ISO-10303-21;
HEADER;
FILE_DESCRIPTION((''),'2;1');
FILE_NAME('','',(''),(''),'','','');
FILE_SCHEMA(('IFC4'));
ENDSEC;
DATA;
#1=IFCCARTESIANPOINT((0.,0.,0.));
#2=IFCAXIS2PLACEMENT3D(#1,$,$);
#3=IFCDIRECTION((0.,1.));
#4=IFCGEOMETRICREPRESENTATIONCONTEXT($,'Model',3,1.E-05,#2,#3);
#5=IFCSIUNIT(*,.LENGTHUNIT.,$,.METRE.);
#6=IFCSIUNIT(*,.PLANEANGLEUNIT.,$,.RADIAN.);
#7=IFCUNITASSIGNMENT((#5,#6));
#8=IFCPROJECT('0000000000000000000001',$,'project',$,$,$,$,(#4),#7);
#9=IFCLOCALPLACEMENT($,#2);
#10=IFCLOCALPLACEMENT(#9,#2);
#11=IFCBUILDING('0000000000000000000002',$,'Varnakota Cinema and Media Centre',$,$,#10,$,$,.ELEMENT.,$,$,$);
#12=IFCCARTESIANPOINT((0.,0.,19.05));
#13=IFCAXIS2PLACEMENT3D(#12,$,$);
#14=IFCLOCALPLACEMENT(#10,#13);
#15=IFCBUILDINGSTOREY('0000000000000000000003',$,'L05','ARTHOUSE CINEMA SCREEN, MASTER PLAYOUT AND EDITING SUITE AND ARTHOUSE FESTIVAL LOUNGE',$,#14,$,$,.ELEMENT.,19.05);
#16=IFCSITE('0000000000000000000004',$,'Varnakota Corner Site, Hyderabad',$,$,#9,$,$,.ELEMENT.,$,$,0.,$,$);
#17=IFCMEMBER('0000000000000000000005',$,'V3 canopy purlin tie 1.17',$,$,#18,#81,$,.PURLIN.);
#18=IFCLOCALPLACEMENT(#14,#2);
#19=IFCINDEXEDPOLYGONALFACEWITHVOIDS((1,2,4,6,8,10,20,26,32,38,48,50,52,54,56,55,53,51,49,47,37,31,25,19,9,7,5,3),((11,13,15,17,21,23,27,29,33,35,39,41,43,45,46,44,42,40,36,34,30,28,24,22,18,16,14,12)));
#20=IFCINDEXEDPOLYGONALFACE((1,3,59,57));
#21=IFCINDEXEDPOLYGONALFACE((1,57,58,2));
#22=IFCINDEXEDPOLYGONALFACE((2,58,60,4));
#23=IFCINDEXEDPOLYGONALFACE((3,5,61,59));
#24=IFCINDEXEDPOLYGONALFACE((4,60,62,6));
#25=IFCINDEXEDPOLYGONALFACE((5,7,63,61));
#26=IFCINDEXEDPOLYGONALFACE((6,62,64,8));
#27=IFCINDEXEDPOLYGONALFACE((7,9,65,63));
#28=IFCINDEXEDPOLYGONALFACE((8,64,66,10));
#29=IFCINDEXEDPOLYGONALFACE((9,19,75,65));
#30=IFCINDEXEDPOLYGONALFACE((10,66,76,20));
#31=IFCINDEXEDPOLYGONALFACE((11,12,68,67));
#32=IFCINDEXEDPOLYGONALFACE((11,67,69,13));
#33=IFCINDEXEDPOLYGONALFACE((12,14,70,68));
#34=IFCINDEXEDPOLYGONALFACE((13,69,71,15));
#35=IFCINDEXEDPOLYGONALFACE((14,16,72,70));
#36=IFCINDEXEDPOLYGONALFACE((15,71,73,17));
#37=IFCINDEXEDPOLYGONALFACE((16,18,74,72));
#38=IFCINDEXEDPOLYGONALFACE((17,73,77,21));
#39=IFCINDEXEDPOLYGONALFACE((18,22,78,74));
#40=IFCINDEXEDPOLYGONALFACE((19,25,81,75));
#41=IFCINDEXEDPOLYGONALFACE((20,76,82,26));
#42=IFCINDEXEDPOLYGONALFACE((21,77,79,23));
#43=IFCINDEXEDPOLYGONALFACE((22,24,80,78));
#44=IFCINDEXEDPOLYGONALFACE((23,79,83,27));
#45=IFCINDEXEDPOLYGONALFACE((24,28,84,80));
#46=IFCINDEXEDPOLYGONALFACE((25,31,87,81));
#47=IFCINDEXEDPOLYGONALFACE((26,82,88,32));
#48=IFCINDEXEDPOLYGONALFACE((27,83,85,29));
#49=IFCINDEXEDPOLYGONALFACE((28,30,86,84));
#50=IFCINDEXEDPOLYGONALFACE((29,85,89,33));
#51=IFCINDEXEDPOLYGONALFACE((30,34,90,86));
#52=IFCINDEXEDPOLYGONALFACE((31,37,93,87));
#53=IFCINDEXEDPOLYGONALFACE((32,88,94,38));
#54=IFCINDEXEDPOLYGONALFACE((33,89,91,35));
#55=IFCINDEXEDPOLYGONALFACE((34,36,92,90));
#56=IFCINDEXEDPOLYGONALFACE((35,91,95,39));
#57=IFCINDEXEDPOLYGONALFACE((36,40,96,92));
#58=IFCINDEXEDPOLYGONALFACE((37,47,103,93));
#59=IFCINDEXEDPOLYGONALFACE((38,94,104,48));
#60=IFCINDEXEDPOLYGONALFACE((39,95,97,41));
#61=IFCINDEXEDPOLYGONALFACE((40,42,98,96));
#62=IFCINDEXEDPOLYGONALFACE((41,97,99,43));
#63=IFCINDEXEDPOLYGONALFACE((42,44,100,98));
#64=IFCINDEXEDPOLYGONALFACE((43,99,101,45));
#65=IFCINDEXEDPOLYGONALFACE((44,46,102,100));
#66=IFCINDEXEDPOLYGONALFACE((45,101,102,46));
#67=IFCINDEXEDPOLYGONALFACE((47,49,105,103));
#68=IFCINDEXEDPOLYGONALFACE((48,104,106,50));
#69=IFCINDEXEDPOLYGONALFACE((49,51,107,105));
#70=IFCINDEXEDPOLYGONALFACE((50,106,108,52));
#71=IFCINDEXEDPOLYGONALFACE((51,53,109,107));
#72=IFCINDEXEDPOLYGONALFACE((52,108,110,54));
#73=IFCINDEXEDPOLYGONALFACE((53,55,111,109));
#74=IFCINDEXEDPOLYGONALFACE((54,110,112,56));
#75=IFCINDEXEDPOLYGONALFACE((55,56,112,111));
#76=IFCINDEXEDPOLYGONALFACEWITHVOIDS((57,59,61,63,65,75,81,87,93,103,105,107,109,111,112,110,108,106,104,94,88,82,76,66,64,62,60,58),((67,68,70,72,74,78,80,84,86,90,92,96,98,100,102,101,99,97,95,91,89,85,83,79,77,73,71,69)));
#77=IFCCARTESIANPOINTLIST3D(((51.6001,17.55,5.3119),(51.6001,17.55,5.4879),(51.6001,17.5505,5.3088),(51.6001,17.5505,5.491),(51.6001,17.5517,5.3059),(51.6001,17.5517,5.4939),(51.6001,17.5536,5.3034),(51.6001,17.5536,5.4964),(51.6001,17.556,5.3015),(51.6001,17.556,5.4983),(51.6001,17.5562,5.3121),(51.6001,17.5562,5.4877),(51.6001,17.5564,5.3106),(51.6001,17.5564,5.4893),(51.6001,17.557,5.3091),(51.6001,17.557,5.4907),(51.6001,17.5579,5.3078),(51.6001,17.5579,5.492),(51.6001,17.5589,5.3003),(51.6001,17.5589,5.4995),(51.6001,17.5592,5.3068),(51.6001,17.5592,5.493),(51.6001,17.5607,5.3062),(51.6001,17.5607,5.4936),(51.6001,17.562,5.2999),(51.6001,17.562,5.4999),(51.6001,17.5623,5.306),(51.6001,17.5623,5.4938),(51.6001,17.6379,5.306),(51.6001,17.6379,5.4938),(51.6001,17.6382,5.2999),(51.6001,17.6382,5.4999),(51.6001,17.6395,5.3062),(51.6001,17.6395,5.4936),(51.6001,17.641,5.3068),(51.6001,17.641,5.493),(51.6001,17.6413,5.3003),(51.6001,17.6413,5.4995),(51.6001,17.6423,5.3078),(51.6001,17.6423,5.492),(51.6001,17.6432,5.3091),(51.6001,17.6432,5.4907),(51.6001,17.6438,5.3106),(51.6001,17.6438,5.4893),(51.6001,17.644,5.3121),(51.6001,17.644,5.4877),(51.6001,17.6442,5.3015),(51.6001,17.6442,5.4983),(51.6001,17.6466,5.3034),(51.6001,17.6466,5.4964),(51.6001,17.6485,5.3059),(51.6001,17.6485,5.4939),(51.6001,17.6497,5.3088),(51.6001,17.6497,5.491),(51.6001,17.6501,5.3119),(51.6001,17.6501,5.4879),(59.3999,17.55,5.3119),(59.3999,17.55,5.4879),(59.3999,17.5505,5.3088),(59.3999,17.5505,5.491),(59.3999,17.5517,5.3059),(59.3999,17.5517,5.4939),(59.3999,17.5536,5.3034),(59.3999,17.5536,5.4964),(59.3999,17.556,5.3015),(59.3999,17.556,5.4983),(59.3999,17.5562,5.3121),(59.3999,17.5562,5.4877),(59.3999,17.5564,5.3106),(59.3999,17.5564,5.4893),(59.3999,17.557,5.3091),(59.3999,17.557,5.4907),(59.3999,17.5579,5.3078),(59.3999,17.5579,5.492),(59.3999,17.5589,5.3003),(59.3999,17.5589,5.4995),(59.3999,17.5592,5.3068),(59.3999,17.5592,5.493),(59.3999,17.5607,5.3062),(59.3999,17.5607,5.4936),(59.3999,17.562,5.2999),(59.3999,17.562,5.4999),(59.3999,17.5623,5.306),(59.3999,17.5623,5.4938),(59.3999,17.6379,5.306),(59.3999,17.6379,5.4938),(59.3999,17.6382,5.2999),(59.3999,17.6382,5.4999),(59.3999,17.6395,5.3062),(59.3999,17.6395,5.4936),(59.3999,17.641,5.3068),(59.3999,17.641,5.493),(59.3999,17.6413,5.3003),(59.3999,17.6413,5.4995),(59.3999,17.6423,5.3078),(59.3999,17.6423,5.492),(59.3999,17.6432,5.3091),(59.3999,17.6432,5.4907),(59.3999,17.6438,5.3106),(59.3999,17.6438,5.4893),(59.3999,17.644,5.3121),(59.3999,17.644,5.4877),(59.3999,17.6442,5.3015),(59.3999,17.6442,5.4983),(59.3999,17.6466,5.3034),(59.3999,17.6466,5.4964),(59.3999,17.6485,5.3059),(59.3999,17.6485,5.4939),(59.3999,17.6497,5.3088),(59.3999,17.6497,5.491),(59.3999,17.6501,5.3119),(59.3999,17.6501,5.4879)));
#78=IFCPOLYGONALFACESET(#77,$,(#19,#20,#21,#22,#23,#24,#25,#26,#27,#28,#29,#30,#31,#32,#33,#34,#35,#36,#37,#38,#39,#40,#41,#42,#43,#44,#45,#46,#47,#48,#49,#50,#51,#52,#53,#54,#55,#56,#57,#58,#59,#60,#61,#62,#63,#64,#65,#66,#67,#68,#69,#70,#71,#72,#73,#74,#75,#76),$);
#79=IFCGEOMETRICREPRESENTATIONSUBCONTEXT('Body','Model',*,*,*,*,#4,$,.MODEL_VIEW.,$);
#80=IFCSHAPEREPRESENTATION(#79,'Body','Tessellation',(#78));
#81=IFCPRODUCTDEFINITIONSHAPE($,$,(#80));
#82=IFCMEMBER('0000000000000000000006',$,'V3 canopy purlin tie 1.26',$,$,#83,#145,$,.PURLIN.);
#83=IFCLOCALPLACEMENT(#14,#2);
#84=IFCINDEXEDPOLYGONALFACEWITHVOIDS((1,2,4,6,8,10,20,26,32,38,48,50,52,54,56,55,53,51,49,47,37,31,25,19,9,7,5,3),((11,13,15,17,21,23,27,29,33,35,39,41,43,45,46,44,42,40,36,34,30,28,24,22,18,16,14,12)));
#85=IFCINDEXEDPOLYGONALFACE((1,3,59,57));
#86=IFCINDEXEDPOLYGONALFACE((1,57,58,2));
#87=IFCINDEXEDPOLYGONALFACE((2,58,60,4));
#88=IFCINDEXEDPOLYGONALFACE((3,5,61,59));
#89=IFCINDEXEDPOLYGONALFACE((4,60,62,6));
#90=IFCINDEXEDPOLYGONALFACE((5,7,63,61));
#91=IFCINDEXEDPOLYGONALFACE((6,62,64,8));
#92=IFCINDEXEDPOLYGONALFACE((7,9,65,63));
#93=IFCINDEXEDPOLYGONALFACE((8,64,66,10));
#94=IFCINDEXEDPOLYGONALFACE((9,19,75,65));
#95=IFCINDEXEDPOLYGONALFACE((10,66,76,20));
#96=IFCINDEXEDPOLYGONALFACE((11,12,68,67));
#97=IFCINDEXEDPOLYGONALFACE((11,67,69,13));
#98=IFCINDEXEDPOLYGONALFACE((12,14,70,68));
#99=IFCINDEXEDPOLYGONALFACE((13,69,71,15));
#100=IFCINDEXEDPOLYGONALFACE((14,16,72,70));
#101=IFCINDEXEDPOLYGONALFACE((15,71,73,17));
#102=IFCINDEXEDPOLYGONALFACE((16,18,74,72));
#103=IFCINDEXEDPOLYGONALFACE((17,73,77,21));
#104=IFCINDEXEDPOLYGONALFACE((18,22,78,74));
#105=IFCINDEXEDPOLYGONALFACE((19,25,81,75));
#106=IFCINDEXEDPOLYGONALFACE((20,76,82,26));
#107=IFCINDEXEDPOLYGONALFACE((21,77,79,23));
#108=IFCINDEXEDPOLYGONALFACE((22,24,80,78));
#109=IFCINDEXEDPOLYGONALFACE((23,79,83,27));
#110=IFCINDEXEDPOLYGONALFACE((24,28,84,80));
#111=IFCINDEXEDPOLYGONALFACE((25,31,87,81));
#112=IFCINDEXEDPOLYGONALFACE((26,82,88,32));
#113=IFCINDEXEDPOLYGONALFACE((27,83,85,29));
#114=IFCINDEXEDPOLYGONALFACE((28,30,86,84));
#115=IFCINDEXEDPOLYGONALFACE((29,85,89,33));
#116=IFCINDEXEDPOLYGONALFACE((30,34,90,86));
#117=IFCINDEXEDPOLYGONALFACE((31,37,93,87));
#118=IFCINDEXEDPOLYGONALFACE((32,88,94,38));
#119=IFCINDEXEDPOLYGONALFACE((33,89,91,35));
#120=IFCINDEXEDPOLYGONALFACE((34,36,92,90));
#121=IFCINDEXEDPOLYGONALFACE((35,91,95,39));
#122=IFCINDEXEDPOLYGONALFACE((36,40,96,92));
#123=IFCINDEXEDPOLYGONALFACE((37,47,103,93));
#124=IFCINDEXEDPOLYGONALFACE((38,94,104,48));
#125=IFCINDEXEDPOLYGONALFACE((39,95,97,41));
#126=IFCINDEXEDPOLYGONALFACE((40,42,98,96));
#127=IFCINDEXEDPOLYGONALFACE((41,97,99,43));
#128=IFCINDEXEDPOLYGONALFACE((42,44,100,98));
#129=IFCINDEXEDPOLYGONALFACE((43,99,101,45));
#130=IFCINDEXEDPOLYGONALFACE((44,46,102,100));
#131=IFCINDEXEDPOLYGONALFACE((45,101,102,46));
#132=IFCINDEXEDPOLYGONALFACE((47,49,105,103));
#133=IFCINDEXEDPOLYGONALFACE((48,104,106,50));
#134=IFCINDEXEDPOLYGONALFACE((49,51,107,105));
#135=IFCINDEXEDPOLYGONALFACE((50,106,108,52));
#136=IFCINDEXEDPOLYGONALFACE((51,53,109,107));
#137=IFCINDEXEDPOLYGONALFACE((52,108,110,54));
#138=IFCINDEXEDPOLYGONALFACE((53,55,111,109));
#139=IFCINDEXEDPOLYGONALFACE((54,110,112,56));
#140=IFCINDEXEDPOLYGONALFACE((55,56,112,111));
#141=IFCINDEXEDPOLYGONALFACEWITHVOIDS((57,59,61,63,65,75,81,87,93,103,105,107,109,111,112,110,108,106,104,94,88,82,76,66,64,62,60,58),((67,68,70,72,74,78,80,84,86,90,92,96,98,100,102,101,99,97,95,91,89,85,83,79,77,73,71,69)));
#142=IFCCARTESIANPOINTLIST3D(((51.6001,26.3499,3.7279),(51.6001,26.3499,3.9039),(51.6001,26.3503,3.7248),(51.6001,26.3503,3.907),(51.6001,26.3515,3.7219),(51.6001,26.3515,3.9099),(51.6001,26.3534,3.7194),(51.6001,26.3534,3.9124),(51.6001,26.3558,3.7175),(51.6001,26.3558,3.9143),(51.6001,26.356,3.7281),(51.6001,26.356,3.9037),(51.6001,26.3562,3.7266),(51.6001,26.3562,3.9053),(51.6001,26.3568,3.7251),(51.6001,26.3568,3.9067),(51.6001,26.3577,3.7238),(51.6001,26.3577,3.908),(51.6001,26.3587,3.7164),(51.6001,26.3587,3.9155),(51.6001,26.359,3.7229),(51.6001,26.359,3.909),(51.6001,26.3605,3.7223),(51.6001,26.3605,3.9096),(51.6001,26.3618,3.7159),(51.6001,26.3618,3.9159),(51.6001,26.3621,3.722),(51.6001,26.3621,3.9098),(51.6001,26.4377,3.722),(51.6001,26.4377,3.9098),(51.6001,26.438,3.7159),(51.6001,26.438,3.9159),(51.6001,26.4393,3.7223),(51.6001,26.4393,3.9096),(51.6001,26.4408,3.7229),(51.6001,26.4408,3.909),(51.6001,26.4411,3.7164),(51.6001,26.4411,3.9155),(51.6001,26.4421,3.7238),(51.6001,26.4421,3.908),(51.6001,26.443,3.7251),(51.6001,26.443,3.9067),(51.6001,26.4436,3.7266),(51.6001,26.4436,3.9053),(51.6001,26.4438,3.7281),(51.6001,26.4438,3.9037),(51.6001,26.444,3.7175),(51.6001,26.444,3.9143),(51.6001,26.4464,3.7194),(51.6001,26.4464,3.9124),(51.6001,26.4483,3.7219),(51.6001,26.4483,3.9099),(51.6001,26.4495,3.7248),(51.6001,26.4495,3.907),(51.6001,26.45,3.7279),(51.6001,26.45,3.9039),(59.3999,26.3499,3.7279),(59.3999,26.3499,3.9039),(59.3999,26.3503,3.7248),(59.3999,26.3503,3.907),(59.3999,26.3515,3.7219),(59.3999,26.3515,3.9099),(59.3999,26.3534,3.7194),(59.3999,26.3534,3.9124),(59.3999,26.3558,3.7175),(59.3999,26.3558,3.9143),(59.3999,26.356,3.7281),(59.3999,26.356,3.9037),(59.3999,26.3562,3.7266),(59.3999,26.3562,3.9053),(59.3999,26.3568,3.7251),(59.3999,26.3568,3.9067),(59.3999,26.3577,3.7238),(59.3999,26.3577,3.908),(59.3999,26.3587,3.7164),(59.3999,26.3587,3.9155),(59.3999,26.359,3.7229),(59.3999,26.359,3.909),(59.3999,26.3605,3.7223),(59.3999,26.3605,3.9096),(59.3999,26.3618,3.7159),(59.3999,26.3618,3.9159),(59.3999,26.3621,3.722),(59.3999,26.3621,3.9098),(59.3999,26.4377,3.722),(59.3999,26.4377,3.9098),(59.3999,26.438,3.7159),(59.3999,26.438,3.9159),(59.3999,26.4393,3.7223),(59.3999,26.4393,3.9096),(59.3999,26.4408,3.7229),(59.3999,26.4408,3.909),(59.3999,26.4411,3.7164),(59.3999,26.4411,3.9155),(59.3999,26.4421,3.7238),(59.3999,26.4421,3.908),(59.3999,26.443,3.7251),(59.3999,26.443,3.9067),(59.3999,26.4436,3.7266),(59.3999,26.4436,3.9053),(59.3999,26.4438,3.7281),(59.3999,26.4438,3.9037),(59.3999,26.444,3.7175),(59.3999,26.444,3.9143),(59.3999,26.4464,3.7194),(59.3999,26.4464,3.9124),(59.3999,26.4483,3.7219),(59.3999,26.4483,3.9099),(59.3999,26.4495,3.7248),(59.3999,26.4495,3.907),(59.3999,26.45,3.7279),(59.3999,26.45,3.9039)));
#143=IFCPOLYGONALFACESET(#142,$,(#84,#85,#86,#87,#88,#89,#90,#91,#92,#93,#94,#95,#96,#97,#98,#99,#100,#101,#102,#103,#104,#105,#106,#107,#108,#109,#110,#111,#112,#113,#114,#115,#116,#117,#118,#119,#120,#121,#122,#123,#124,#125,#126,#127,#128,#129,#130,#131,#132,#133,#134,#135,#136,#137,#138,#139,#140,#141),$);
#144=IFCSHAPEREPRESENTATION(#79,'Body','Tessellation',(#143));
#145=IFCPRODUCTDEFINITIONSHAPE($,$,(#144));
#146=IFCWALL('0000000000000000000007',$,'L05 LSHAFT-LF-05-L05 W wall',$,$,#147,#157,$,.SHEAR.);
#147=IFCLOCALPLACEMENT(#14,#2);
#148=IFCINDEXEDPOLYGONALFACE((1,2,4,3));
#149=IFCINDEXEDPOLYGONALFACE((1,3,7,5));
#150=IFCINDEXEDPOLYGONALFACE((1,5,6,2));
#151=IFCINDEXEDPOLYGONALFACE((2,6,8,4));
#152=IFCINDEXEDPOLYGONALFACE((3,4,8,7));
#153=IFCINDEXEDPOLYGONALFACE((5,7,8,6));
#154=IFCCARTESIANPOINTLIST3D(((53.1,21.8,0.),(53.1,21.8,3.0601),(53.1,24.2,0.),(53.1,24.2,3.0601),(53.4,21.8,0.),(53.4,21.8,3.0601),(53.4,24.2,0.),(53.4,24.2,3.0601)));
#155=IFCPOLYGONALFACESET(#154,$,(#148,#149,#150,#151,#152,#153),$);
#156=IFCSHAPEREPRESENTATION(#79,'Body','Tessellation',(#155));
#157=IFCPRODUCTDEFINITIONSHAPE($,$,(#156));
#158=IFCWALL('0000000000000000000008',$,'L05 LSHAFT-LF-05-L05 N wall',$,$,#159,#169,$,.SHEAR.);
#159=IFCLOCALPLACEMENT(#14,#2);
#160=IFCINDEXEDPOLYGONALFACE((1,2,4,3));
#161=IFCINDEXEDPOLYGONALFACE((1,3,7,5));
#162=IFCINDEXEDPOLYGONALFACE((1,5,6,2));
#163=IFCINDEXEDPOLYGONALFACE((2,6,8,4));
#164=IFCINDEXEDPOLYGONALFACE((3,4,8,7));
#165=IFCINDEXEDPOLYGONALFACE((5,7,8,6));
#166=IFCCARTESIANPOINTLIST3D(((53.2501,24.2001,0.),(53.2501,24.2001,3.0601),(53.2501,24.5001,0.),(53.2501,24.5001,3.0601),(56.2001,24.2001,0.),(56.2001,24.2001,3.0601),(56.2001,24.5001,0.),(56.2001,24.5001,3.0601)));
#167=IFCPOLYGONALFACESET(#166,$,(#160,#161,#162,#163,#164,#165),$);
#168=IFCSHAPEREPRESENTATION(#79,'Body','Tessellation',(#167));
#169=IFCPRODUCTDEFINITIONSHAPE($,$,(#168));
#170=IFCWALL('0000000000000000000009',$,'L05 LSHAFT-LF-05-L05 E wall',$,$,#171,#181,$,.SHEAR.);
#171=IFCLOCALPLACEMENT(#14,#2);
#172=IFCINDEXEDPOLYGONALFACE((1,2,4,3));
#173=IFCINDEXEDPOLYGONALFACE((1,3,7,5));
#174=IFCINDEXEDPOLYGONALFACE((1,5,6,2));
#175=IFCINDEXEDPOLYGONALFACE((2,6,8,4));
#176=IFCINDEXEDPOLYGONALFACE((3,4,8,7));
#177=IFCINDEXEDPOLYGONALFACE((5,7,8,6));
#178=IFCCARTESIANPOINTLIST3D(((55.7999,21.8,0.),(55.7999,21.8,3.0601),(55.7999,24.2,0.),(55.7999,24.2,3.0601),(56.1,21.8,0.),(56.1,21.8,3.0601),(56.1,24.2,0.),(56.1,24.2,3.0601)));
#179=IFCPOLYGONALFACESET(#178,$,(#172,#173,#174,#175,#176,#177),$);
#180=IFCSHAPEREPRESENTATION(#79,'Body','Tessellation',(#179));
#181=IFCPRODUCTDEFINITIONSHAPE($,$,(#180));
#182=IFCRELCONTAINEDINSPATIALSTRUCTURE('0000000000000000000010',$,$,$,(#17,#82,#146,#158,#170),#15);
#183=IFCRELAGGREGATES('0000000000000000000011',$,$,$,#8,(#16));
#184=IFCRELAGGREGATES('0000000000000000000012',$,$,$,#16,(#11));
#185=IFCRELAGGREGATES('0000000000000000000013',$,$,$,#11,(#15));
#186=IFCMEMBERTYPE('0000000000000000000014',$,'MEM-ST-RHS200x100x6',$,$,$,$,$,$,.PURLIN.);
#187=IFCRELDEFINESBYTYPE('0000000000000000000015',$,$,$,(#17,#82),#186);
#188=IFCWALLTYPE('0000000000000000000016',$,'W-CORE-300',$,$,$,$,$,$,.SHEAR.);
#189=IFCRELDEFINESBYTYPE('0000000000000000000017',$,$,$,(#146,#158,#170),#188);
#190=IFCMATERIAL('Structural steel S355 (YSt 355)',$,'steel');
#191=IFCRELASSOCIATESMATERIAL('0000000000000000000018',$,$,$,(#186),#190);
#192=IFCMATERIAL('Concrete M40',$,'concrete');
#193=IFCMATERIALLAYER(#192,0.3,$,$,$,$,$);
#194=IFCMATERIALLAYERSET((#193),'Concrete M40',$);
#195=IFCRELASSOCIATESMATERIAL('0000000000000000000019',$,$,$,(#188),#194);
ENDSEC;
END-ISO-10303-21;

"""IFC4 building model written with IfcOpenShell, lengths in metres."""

from ifc_helpers import new_model, si_unit, direction, frame, frame_2d, origin, origin_2d, place, context, subcontext, project, spatial, rectangle, hollow_rectangle, extrude, material, layer, layer_set, material_profile, profile_set, type_object, element, save


model = new_model("IFC4")

# Units and contexts
model_context = context("Model", 3, precision=1e-05, world=origin(), true_north=direction((0.0, 1.0)))
body_context = subcontext(model_context, "Body", "Model", "MODEL_VIEW")
ifc_project = project(units=[si_unit("LENGTHUNIT", "METRE"), si_unit("PLANEANGLEUNIT", "RADIAN")], contexts=[model_context])

# Site, building, storey
site_placement = place(None, origin())
site = spatial("IfcSite", under=ifc_project, at=site_placement, Name="Varnakota Corner Site, Hyderabad", CompositionType="ELEMENT", RefElevation=0.0)
building_placement = place(site_placement, origin())
building = spatial("IfcBuilding", under=site, at=building_placement, Name="Varnakota Cinema and Media Centre", CompositionType="ELEMENT")
storey_placement = place(building_placement, frame((0.0, 0.0, 19.05)))
storey = spatial("IfcBuildingStorey", under=building, at=storey_placement, Name="L05", Description="ARTHOUSE CINEMA SCREEN, MASTER PLAYOUT AND EDITING SUITE AND ARTHOUSE FESTIVAL LOUNGE", CompositionType="ELEMENT", Elevation=19.05)

# Members
ifc_material_1 = material(Name="Structural steel S355 (YSt 355)", Category="steel")
ifc_material_profile_1 = material_profile(ifc_material_1, hollow_rectangle(XDim=0.1001, YDim=0.2, WallThickness=0.0061, InnerFilletRadius=0.0061, OuterFilletRadius=0.012, at=origin_2d()), Name="RHS 200x100x6")
ifc_profile_set_1 = profile_set([ifc_material_profile_1], Name="Structural steel S355 (YSt 355)")
member_type_1 = type_object("IfcMemberType", Name="MEM-ST-RHS200x100x6", PredefinedType="PURLIN", material=ifc_profile_set_1)
for number, where, z_axis, x_axis, name in (
    (1, (51.6001, 17.6001, 5.3999), (1.0, 0.0, 0.0), (0.0, 1.0, 0.0), "V3 canopy purlin tie 1.17"),
    (2, (51.6001, 26.3999, 3.8159), (1.0, 0.0, 0.0), (0.0, 1.0, 0.0), "V3 canopy purlin tie 1.26"),
):
    element("IfcMember", number, at=place(storey_placement, frame(where, z_axis=z_axis, x_axis=x_axis)), inside=storey, type_object=member_type_1, Name=name, PredefinedType="PURLIN", context=body_context, shape_type="SweptSolid", body=[
        extrude(hollow_rectangle(XDim=0.1001, YDim=0.2, WallThickness=0.0061, InnerFilletRadius=0.0061, OuterFilletRadius=0.012, at=origin_2d()), origin(), (0.0, 0.0, 1.0), 7.7998),
    ])

# Shared definitions
ifc_material_2 = material(Name="Concrete M40", Category="concrete")
ifc_layer_1 = layer(ifc_material_2, 0.3)
ifc_layer_set_1 = layer_set([ifc_layer_1], Name="Concrete M40")
wall_type_1 = type_object("IfcWallType", Name="W-CORE-300", PredefinedType="SHEAR", material=ifc_layer_set_1)

# Walls
wall_1_placement = place(storey_placement, frame((53.25, 21.8, 0.0), z_axis=(0.0, 0.0, 1.0), x_axis=(0.0, 1.0, 0.0)))
element("IfcWall", 3, at=wall_1_placement, inside=storey, type_object=wall_type_1, Name="L05 LSHAFT-LF-05-L05 W wall", PredefinedType="SHEAR", context=body_context, shape_type="SweptSolid", body=[
    extrude(rectangle(XDim=2.3999, YDim=0.3, at=frame_2d((1.2, 0.0))), origin(), (0.0, 0.0, 1.0), 3.0601),
])
wall_2_placement = place(storey_placement, frame((53.25, 24.3501, 0.0), z_axis=(0.0, 0.0, 1.0), x_axis=(1.0, 0.0, 0.0)))
element("IfcWall", 4, at=wall_2_placement, inside=storey, type_object=wall_type_1, Name="L05 LSHAFT-LF-05-L05 N wall", PredefinedType="SHEAR", context=body_context, shape_type="SweptSolid", body=[
    extrude(rectangle(XDim=2.95, YDim=0.3, at=frame_2d((1.4751, 0.0))), origin(), (0.0, 0.0, 1.0), 3.0601),
])
wall_3_placement = place(storey_placement, frame((55.95, 24.2, 0.0), z_axis=(0.0, 0.0, 1.0), x_axis=(0.0, -1.0, 0.0)))
element("IfcWall", 5, at=wall_3_placement, inside=storey, type_object=wall_type_1, Name="L05 LSHAFT-LF-05-L05 E wall", PredefinedType="SHEAR", context=body_context, shape_type="SweptSolid", body=[
    extrude(rectangle(XDim=2.3999, YDim=0.3, at=frame_2d((1.2, 0.0))), origin(), (0.0, 0.0, 1.0), 3.0601),
])

save(model, "model.ifc")
